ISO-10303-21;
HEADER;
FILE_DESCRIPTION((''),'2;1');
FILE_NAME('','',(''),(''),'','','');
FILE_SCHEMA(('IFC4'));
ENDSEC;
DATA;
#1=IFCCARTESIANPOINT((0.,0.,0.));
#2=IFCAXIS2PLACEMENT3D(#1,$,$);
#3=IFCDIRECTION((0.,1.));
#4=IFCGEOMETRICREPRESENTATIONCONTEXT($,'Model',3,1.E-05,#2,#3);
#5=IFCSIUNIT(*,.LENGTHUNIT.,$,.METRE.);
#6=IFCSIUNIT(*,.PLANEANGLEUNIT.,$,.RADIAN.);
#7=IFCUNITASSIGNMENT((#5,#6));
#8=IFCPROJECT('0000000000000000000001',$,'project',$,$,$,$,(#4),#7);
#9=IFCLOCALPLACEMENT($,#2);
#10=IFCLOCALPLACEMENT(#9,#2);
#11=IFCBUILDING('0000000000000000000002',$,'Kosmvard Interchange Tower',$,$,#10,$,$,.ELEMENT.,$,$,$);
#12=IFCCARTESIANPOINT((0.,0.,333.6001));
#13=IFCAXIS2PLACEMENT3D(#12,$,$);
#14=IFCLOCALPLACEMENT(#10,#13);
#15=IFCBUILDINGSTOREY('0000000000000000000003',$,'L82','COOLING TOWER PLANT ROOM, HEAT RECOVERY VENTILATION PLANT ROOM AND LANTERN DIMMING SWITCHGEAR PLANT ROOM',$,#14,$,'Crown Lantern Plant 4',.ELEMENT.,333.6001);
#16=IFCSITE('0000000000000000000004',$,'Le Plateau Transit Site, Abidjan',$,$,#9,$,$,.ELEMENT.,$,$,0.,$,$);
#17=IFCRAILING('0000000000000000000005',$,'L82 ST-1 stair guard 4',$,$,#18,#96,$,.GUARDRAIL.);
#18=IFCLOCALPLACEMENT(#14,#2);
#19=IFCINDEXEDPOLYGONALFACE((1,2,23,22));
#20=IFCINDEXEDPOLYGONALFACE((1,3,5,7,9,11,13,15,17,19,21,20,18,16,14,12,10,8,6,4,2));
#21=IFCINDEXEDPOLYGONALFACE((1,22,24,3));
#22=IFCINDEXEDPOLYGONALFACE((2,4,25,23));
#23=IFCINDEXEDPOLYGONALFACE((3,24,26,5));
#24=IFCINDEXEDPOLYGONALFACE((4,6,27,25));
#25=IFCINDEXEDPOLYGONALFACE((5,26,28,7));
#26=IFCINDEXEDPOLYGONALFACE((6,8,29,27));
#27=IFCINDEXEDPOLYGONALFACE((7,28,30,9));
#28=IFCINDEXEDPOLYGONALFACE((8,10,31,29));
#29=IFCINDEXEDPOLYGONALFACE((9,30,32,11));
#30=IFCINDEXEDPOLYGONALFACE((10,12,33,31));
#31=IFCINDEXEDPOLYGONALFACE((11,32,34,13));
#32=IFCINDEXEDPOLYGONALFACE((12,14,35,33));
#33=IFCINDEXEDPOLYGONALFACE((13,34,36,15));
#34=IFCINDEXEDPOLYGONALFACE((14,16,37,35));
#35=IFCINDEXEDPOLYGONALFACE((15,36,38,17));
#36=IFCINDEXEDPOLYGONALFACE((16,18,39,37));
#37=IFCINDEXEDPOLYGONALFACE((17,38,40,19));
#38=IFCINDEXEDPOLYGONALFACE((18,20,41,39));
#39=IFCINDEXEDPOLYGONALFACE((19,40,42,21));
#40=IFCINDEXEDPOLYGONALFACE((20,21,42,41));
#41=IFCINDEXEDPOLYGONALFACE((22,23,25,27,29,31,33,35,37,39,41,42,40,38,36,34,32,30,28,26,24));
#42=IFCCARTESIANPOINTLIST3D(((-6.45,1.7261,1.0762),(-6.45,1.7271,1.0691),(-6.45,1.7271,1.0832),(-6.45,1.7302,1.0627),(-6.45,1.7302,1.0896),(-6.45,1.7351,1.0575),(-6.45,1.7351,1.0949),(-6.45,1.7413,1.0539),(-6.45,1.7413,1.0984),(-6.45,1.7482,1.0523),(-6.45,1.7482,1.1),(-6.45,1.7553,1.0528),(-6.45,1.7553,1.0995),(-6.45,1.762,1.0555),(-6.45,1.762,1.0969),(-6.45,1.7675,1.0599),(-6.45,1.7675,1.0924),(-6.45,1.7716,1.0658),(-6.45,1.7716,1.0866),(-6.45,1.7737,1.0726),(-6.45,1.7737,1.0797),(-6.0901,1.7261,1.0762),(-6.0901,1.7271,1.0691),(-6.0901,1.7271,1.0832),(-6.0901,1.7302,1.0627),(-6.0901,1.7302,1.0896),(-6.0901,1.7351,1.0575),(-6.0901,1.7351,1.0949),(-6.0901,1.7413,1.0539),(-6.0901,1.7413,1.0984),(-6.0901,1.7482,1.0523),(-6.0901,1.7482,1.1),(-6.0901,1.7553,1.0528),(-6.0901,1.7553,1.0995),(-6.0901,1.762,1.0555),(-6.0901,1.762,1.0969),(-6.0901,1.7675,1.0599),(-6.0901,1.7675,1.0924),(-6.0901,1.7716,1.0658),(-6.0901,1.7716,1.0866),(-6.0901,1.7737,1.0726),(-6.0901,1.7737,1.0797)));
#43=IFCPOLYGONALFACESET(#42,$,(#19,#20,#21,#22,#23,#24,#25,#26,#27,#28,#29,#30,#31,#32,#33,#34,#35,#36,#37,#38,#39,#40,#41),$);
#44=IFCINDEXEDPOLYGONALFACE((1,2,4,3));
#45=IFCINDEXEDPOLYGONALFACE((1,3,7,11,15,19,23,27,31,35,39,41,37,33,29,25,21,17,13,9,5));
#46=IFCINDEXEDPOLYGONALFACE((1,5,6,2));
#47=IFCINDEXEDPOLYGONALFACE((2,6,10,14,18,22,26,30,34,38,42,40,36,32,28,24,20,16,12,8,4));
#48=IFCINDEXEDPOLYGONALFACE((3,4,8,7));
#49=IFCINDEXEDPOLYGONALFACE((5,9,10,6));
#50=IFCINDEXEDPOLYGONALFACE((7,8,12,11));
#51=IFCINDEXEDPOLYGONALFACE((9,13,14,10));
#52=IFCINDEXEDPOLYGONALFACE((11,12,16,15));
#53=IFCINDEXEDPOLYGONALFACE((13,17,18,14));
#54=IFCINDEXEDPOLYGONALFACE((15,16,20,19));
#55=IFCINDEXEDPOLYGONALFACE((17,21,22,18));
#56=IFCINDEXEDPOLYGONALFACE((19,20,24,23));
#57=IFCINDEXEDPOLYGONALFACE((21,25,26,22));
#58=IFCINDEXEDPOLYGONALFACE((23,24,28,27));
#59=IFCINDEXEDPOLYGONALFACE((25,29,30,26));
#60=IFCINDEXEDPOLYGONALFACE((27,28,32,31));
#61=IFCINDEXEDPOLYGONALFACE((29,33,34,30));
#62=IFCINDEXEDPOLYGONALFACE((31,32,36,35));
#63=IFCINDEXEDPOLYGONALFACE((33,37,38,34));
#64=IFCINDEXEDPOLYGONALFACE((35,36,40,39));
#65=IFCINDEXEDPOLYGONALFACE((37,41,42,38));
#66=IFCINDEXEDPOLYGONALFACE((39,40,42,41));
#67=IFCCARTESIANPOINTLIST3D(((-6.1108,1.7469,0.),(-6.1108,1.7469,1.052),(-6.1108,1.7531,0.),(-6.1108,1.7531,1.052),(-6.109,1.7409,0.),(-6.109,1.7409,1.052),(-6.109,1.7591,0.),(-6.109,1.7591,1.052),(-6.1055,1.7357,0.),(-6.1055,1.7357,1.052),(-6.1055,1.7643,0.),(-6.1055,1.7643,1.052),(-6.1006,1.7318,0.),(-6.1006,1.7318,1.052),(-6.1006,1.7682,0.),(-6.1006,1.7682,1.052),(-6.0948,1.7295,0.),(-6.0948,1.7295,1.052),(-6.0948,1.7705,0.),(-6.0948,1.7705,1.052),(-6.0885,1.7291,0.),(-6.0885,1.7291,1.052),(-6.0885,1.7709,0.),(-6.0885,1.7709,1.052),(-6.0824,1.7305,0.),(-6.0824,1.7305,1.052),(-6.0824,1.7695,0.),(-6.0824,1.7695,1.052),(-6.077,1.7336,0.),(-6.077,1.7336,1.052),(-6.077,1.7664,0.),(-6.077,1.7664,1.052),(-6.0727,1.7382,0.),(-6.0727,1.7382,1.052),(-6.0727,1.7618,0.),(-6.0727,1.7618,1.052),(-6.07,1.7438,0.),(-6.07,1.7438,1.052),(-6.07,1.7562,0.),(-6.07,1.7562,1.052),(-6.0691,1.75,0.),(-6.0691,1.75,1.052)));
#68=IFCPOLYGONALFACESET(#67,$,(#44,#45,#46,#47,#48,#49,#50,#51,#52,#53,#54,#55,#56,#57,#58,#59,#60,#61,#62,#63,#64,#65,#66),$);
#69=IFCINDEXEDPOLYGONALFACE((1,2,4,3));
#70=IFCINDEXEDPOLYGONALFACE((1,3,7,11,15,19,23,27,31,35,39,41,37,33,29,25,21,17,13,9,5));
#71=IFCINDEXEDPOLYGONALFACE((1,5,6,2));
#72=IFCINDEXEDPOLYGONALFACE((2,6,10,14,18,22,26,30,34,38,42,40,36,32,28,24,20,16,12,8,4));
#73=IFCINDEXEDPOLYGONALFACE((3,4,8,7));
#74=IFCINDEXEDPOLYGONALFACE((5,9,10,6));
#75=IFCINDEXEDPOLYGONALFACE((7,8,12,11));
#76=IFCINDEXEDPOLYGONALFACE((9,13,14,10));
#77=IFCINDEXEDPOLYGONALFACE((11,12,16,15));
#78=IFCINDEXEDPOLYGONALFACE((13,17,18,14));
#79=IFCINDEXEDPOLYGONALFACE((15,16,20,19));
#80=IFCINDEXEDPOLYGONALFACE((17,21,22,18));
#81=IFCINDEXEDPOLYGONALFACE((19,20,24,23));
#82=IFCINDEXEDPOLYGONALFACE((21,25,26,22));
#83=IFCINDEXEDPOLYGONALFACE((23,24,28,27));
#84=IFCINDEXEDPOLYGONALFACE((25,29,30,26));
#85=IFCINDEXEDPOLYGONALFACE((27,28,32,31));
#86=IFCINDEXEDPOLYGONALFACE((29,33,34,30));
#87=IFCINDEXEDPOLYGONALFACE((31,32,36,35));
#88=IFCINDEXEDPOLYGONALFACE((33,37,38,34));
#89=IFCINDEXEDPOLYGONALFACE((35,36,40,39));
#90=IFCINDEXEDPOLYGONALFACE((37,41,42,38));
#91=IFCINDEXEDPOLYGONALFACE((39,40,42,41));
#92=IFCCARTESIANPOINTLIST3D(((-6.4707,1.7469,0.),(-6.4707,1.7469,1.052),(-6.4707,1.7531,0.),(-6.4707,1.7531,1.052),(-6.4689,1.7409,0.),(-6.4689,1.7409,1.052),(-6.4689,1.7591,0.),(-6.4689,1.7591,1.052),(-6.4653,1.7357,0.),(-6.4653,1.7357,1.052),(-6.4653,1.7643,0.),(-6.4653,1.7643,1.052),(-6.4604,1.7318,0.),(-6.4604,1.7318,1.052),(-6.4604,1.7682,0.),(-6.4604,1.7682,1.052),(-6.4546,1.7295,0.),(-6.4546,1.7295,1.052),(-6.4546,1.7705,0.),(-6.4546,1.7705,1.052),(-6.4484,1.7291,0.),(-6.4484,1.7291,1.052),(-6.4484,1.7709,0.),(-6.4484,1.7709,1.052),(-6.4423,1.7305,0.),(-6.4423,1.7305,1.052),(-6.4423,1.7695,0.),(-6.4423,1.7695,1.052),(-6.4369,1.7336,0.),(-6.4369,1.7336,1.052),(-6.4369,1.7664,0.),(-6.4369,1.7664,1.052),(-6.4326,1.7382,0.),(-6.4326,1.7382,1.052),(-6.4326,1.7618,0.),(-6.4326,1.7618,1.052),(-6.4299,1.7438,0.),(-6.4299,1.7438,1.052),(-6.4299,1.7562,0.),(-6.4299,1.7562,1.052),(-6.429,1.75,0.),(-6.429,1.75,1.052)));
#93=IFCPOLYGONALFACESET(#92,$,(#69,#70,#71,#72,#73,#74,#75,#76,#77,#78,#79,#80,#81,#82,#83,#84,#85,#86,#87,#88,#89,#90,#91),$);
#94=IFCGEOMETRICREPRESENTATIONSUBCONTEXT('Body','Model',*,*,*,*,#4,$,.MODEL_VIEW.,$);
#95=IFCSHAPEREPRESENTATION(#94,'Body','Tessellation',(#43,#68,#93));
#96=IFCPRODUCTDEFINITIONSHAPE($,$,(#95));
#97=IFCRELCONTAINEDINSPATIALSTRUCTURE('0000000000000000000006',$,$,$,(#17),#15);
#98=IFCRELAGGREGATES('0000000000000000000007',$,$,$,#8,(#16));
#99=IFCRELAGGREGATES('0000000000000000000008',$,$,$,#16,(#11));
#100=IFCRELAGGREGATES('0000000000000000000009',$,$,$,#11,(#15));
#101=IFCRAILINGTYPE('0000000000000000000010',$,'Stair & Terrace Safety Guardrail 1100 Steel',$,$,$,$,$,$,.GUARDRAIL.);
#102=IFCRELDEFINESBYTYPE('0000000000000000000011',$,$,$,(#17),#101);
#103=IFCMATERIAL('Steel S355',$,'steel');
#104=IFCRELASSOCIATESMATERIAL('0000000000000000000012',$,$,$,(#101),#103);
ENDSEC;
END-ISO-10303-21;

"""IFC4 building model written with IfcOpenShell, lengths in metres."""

from ifc_helpers import new_model, si_unit, direction, frame, origin, origin_2d, place, context, subcontext, project, spatial, circle, extrude, source, transform, mapped, material, type_object, element, save


model = new_model("IFC4")

# Units and contexts
model_context = context("Model", 3, precision=1e-05, world=origin(), true_north=direction((0.0, 1.0)))
body_context = subcontext(model_context, "Body", "Model", "MODEL_VIEW")
ifc_project = project(units=[si_unit("LENGTHUNIT", "METRE"), si_unit("PLANEANGLEUNIT", "RADIAN")], contexts=[model_context])

# Site, building, storey
site_placement = place(None, origin())
site = spatial("IfcSite", under=ifc_project, at=site_placement, Name="Le Plateau Transit Site, Abidjan", CompositionType="ELEMENT", RefElevation=0.0)
building_placement = place(site_placement, origin())
building = spatial("IfcBuilding", under=site, at=building_placement, Name="Kosmvard Interchange Tower", CompositionType="ELEMENT")
storey_placement = place(building_placement, frame((0.0, 0.0, 333.6001)))
storey = spatial("IfcBuildingStorey", under=building, at=storey_placement, Name="L82", Description="COOLING TOWER PLANT ROOM, HEAT RECOVERY VENTILATION PLANT ROOM AND LANTERN DIMMING SWITCHGEAR PLANT ROOM", LongName="Crown Lantern Plant 4", CompositionType="ELEMENT", Elevation=333.6001)

# Shared definitions
ifc_material_1 = material(Name="Steel S355", Category="steel")

# Railing
railing_type_1 = type_object("IfcRailingType", Name="Stair & Terrace Safety Guardrail 1100 Steel", PredefinedType="GUARDRAIL", material=ifc_material_1)
shared_shape_1 = source(origin(), body_context, "Body", "SweptSolid", [
    extrude(circle(Radius=0.0239, at=origin_2d()), frame((0.0, 0.0, 1.0762), z_axis=(-1.0, 0.0, 0.0), x_axis=(0.0, -1.0, 0.0)), (0.0, 0.0, 1.0), 0.3599),
    extrude(circle(Radius=0.021, at=origin_2d()), origin(), (0.0, 0.0, 1.0), 1.052),
    extrude(circle(Radius=0.021, at=origin_2d()), frame((-0.3599, 0.0, 0.0)), (0.0, 0.0, 1.0), 1.052),
])
for number, where, name in (
    (1, (-6.0901, 1.75, 0.0), "L82 ST-1 stair guard 4"),
):
    element("IfcRailing", number, at=place(storey_placement, frame(where)), inside=storey, type_object=railing_type_1, Name=name, PredefinedType="GUARDRAIL", context=body_context, shape_type="MappedRepresentation", body=[
        mapped(shared_shape_1, transform((0.0, 0.0, 0.0), scale=1.0)),
    ])

save(model, "model.ifc")
